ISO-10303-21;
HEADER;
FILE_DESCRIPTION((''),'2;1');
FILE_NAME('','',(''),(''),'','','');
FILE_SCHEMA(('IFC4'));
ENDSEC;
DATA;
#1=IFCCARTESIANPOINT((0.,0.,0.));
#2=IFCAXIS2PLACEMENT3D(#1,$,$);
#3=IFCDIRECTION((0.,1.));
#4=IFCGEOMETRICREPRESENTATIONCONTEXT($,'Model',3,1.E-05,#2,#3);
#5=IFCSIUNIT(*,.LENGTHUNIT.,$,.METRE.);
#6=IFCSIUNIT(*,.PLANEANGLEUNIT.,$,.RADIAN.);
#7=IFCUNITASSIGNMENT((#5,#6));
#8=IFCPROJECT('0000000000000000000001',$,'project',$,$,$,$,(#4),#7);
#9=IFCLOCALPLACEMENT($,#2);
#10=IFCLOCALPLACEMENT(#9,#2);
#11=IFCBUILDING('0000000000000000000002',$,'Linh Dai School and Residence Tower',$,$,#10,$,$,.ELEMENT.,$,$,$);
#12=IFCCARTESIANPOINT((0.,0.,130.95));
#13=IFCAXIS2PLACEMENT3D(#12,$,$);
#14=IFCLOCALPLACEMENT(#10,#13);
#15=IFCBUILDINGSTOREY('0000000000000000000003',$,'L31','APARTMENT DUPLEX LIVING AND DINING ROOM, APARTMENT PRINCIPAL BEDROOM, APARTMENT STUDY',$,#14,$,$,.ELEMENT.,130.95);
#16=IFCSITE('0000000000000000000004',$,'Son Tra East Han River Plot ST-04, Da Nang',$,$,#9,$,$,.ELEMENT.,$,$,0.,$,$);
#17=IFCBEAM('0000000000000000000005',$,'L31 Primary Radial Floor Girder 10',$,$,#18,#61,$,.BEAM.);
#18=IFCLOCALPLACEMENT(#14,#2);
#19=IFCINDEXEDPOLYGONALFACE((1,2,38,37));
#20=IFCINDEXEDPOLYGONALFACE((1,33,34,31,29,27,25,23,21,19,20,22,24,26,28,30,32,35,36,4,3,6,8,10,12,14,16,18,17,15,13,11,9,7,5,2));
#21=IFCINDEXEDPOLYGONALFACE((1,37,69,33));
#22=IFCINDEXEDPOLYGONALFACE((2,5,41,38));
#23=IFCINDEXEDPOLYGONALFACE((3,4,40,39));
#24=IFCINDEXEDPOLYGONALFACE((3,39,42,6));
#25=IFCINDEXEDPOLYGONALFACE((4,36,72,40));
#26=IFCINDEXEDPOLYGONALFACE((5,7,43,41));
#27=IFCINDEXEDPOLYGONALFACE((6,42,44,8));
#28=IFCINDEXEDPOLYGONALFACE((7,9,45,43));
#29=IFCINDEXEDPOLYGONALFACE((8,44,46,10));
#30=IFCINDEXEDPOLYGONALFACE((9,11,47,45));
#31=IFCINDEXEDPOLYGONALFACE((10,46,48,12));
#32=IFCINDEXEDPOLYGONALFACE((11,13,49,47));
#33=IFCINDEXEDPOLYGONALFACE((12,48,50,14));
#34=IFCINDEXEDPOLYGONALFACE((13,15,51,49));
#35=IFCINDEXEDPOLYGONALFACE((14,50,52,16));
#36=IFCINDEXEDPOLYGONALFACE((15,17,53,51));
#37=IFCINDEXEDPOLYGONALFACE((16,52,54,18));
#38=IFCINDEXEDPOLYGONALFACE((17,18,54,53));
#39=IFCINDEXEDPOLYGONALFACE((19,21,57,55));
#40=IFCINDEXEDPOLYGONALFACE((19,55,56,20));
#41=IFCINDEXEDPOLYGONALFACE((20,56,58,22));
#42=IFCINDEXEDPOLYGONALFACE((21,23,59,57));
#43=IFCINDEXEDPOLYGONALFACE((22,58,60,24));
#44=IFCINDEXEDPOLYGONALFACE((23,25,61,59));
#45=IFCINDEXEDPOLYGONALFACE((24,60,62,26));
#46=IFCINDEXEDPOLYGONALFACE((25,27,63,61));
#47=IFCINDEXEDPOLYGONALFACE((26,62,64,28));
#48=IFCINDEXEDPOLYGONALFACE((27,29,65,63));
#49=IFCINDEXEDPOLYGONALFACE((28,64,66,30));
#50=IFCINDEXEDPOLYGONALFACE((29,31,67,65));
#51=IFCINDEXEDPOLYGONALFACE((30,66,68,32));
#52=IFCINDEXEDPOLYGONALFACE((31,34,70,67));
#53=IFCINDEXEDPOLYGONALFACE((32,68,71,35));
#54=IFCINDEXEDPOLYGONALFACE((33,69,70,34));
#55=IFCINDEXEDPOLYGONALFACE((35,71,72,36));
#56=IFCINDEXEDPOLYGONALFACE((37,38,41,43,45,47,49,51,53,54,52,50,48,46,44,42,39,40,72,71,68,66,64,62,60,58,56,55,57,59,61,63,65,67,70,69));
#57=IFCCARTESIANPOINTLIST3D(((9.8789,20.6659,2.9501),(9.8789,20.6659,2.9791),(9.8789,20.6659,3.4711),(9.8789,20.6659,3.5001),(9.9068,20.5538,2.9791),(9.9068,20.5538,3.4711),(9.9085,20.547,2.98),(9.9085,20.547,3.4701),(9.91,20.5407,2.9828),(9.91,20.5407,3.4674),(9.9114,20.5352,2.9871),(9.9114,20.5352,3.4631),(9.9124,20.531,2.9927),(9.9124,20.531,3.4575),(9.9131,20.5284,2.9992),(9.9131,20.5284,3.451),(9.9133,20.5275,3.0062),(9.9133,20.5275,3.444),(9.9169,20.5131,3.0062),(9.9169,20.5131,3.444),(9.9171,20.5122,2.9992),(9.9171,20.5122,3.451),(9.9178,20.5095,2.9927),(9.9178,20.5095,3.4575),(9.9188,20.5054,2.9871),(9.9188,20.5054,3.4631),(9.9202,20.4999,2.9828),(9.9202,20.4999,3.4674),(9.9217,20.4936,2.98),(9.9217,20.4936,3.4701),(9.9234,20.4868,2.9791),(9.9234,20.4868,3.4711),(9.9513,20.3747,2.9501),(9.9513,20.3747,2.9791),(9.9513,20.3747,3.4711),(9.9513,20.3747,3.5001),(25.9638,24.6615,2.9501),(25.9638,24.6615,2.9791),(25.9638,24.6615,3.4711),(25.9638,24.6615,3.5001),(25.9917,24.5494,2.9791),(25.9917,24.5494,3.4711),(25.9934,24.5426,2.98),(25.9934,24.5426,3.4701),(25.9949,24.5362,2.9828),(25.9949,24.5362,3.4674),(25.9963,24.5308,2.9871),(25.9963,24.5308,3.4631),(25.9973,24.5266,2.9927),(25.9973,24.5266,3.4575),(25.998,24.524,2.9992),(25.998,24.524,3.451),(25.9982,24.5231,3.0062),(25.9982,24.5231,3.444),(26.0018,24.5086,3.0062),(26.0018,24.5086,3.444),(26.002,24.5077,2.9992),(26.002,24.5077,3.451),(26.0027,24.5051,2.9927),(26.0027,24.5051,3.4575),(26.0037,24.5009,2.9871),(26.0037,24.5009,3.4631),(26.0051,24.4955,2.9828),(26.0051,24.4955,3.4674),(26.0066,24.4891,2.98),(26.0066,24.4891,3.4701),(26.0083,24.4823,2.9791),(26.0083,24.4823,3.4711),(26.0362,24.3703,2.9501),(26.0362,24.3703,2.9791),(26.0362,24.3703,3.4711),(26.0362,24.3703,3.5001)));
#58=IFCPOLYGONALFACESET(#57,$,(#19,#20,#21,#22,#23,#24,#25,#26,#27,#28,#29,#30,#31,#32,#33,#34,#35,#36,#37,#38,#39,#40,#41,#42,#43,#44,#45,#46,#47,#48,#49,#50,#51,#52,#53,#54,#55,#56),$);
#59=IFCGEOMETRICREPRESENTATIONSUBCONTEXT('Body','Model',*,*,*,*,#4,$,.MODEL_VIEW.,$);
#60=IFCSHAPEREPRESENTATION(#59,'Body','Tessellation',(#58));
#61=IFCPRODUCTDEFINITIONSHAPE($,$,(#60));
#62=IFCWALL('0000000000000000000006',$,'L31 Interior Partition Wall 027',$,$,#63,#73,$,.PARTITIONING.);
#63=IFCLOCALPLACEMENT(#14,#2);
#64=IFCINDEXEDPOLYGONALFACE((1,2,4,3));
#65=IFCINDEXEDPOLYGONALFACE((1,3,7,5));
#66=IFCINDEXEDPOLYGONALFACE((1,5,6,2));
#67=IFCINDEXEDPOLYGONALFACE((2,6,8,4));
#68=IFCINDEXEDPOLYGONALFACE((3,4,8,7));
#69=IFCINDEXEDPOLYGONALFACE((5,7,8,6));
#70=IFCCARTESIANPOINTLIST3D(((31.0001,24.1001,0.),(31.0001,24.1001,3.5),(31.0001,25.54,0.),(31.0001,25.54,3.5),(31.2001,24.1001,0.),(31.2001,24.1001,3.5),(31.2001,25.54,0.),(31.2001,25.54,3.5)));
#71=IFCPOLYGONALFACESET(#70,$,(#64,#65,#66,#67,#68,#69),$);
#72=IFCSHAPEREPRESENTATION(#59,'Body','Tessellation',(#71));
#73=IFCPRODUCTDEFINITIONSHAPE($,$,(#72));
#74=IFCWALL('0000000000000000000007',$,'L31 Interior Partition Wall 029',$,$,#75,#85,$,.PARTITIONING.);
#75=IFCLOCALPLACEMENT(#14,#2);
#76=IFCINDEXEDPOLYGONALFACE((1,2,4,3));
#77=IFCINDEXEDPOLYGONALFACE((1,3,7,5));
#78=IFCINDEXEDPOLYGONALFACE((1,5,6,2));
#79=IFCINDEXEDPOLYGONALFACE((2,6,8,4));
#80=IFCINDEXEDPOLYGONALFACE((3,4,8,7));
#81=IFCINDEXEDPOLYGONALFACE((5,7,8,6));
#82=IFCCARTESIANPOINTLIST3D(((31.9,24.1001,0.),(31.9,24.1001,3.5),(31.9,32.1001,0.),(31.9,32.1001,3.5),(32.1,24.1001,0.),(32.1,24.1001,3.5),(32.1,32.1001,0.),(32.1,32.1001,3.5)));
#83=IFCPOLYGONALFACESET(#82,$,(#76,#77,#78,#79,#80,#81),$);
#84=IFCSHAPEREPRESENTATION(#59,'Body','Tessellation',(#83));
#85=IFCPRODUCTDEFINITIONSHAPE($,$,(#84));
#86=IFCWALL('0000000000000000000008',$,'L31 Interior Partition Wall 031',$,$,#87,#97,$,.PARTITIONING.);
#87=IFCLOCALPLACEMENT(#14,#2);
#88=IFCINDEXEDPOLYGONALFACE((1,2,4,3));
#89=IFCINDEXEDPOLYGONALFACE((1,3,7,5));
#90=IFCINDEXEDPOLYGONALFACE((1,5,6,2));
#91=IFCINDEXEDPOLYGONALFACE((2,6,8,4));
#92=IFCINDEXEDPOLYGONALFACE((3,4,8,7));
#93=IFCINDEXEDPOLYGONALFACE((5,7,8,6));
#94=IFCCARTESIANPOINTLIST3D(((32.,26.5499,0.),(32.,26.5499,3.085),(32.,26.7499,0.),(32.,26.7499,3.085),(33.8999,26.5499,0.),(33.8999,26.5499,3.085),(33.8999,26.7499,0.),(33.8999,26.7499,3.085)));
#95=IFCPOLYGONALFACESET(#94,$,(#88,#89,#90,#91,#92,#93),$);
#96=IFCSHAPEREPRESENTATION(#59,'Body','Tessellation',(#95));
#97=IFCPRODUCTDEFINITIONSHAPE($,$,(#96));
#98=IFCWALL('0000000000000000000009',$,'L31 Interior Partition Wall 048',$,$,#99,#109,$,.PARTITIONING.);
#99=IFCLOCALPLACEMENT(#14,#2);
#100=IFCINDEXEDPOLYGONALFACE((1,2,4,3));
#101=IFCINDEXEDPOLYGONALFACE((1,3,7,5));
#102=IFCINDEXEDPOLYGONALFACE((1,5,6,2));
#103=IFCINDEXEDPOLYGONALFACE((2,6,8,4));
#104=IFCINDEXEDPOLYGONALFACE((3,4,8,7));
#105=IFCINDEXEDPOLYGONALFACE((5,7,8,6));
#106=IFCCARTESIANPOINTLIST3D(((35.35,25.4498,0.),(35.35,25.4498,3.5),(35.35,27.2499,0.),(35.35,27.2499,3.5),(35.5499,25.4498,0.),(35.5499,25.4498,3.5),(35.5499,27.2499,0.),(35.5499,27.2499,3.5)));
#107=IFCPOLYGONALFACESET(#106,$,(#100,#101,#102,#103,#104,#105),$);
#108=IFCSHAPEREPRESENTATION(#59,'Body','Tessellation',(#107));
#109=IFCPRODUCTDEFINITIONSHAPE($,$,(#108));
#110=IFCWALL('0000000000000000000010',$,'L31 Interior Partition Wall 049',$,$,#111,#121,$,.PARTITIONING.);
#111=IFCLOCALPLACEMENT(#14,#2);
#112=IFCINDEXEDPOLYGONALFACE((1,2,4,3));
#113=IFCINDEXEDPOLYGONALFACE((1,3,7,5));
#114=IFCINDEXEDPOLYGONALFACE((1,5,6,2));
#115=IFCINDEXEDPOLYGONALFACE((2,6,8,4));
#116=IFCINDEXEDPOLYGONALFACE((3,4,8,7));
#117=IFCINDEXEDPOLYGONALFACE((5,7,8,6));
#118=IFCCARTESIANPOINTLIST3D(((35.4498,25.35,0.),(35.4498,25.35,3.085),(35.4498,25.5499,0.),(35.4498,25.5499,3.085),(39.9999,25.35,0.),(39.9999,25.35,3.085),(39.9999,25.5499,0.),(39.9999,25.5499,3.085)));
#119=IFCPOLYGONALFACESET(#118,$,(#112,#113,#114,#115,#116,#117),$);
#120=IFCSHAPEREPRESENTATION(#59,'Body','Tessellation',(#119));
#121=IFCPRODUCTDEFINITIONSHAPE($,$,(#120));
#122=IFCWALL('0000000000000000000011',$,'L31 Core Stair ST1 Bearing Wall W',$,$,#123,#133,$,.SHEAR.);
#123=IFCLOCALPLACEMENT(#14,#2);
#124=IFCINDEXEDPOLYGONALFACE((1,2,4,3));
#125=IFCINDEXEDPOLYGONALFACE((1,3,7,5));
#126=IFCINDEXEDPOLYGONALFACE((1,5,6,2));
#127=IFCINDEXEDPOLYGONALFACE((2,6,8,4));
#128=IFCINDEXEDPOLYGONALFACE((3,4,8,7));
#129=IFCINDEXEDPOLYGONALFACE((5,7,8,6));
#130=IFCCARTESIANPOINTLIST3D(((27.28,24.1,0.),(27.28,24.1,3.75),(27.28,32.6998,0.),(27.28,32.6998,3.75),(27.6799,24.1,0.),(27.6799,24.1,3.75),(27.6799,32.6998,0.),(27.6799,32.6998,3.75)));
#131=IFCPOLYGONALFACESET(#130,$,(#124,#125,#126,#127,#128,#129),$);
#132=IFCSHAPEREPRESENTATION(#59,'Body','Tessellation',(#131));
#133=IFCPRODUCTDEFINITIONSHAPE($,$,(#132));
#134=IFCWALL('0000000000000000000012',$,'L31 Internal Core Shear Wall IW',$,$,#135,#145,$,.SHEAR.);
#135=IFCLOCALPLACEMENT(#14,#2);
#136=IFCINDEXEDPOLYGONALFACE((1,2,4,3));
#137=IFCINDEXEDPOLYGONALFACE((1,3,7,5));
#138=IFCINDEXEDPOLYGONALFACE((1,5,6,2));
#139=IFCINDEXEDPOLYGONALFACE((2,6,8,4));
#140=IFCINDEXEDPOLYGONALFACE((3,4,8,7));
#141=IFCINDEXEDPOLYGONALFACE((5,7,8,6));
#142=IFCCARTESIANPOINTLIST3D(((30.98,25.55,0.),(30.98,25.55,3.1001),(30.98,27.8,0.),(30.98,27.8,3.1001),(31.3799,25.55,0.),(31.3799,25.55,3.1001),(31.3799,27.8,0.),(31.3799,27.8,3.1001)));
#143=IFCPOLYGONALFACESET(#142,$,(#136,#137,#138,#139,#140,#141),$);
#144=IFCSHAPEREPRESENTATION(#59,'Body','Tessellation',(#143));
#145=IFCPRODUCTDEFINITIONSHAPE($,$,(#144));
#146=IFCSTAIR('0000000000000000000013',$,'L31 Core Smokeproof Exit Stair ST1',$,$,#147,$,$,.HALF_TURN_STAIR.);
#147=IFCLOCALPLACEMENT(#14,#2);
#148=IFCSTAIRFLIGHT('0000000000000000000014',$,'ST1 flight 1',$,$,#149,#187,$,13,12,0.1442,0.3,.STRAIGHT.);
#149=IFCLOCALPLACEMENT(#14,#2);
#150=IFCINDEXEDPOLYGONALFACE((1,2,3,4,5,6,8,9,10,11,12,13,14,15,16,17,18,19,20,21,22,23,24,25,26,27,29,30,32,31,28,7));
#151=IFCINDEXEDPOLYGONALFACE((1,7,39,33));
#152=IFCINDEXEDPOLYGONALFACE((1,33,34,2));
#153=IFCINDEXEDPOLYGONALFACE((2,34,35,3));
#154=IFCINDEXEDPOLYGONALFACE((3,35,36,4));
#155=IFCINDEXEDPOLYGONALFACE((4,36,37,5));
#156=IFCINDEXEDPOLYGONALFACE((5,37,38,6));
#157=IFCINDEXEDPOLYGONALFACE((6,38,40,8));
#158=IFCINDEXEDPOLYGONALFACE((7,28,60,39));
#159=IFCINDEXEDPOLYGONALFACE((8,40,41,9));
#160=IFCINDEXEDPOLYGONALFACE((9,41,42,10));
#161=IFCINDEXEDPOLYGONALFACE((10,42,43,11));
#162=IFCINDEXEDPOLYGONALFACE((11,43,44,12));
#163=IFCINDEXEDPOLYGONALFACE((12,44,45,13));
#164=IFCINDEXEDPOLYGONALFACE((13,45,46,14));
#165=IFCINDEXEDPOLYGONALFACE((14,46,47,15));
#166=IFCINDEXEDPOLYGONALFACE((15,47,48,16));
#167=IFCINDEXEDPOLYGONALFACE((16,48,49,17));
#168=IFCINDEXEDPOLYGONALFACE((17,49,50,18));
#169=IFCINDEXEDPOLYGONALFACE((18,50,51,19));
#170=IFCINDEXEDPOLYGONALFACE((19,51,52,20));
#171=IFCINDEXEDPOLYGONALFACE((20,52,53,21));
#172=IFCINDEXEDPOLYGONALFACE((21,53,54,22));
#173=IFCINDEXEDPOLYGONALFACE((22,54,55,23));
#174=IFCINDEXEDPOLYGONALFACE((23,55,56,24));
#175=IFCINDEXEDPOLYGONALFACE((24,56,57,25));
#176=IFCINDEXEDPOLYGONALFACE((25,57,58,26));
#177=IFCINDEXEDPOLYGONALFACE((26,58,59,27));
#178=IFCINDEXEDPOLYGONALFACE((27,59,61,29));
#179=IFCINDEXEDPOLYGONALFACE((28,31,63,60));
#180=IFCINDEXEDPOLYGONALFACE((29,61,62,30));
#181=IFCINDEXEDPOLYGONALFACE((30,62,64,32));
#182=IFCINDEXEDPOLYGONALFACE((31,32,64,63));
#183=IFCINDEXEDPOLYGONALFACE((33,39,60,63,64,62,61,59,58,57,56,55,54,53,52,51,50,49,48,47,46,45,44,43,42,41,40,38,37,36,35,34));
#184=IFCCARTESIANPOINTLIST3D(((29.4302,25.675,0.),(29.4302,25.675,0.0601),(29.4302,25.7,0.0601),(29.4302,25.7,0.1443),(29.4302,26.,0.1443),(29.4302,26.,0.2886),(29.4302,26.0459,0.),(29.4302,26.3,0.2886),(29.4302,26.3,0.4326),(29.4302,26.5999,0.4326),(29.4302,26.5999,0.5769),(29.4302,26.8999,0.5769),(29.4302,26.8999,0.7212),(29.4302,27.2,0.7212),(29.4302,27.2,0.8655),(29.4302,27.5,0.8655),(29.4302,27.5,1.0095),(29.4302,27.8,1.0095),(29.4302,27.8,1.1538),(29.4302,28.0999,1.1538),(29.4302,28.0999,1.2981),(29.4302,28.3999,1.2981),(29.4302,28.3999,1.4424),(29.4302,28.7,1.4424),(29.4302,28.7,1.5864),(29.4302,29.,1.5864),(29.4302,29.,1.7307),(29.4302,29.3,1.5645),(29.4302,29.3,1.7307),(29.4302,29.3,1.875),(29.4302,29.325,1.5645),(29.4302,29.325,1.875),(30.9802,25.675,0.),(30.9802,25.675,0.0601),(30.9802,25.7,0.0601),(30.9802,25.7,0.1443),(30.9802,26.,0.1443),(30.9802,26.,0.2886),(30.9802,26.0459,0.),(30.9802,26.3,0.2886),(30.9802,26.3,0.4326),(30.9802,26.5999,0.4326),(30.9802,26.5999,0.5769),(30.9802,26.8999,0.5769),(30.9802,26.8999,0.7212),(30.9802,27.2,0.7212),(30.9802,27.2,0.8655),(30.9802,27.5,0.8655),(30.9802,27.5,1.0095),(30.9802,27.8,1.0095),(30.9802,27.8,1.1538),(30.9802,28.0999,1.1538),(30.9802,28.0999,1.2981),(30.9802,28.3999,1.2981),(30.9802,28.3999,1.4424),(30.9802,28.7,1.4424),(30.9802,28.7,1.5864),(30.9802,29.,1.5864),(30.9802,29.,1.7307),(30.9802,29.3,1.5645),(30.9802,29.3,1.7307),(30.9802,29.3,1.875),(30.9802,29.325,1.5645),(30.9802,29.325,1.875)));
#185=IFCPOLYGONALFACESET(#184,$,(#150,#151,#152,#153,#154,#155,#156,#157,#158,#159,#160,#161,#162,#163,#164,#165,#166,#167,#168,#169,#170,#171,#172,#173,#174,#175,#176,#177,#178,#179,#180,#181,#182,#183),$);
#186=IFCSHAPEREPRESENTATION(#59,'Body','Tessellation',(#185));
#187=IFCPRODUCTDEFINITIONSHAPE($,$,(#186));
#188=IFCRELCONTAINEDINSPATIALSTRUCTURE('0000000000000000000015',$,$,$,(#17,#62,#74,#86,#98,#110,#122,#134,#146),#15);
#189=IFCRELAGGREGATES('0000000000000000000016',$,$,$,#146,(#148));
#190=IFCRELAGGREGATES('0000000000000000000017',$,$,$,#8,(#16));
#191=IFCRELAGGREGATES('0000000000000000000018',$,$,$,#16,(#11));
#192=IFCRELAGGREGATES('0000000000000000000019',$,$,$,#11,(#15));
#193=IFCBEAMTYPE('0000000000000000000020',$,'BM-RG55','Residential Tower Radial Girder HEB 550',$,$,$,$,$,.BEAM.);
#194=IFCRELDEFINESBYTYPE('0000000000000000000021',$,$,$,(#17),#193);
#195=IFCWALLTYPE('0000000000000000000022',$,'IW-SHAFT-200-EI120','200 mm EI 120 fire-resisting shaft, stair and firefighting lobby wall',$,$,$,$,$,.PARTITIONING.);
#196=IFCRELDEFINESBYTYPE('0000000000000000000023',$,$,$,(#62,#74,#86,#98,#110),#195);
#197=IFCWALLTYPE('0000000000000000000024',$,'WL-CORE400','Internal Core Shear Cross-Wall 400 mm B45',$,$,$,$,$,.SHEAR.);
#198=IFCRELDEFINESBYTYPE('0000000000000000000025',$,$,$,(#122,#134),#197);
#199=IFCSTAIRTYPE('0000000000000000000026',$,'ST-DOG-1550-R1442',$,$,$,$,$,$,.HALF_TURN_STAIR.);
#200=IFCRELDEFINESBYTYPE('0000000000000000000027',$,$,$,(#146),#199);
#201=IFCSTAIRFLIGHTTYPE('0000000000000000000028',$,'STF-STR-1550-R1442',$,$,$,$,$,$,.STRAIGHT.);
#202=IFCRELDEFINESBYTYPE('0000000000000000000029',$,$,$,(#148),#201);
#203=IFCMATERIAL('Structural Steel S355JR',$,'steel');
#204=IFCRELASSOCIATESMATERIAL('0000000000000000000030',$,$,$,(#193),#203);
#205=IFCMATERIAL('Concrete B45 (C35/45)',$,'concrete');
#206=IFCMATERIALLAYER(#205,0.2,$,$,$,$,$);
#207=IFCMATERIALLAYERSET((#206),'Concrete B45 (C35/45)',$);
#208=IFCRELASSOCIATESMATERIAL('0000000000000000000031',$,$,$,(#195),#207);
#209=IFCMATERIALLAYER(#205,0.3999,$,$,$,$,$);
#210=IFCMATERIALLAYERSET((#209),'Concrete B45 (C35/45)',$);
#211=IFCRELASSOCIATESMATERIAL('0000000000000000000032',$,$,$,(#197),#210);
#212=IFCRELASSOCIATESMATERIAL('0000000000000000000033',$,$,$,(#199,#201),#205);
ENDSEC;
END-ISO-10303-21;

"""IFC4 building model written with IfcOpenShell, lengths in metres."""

from ifc_helpers import new_model, si_unit, direction, frame, frame_2d, origin, origin_2d, place, context, subcontext, project, spatial, polyline, rectangle, i_section, outline, extrude, source, transform, mapped, material, layer, layer_set, material_profile, profile_set, type_object, element, aggregate, save


model = new_model("IFC4")

# Units and contexts
model_context = context("Model", 3, precision=1e-05, world=origin(), true_north=direction((0.0, 1.0)))
body_context = subcontext(model_context, "Body", "Model", "MODEL_VIEW")
ifc_project = project(units=[si_unit("LENGTHUNIT", "METRE"), si_unit("PLANEANGLEUNIT", "RADIAN")], contexts=[model_context])

# Site, building, storey
site_placement = place(None, origin())
site = spatial("IfcSite", under=ifc_project, at=site_placement, Name="Son Tra East Han River Plot ST-04, Da Nang", CompositionType="ELEMENT", RefElevation=0.0)
building_placement = place(site_placement, origin())
building = spatial("IfcBuilding", under=site, at=building_placement, Name="Linh Dai School and Residence Tower", CompositionType="ELEMENT")
storey_placement = place(building_placement, frame((0.0, 0.0, 130.95)))
storey = spatial("IfcBuildingStorey", under=building, at=storey_placement, Name="L31", Description="APARTMENT DUPLEX LIVING AND DINING ROOM, APARTMENT PRINCIPAL BEDROOM, APARTMENT STUDY", CompositionType="ELEMENT", Elevation=130.95)

# Shared definitions
ifc_material_1 = material(Name="Structural Steel S355JR", Category="steel")

# Beam
ifc_material_profile_1 = material_profile(ifc_material_1, i_section(OverallWidth=0.3, OverallDepth=0.55, WebThickness=0.0149, FlangeThickness=0.0291, FilletRadius=0.0271, at=origin_2d()), Name="HEB 550")
ifc_profile_set_1 = profile_set([ifc_material_profile_1], Name="Structural Steel S355JR")
beam_type = type_object("IfcBeamType", Name="BM-RG55", Description="Residential Tower Radial Girder HEB 550", PredefinedType="BEAM", material=ifc_profile_set_1)
beam_placement = place(storey_placement, frame((26.0, 24.5159, 3.2251), z_axis=(-0.970505, -0.24108, 0.0), x_axis=(0.24108, -0.970505, 0.0)))
element("IfcBeam", 1, at=beam_placement, inside=storey, type_object=beam_type, Name="L31 Primary Radial Floor Girder 10", PredefinedType="BEAM", context=body_context, shape_type="SweptSolid", body=[
    extrude(i_section(OverallWidth=0.3, OverallDepth=0.55, WebThickness=0.0149, FlangeThickness=0.0291, FilletRadius=0.0271, at=origin_2d()), origin(), (0.0, 0.0, 1.0), 16.5737),
])

# Shared definitions
ifc_material_2 = material(Name="Concrete B45 (C35/45)", Category="concrete")
ifc_layer_1 = layer(ifc_material_2, 0.2)
ifc_layer_set_1 = layer_set([ifc_layer_1], Name="Concrete B45 (C35/45)")
wall_type_1 = type_object("IfcWallType", Name="IW-SHAFT-200-EI120", Description="200 mm EI 120 fire-resisting shaft, stair and firefighting lobby wall", PredefinedType="PARTITIONING", material=ifc_layer_set_1)

# Walls
wall_1_placement = place(storey_placement, frame((31.1001, 24.1001, 0.0), z_axis=(0.0, 0.0, 1.0), x_axis=(0.0, 1.0, 0.0)))
element("IfcWall", 2, at=wall_1_placement, inside=storey, type_object=wall_type_1, Name="L31 Interior Partition Wall 027", PredefinedType="PARTITIONING", context=body_context, shape_type="SweptSolid", body=[
    extrude(rectangle(XDim=1.4399, YDim=0.2, at=frame_2d((0.72, 0.0))), origin(), (0.0, 0.0, 1.0), 3.5),
])
wall_2_placement = place(storey_placement, frame((32.0, 24.1001, 0.0), z_axis=(0.0, 0.0, 1.0), x_axis=(0.0, 1.0, 0.0)))
element("IfcWall", 3, at=wall_2_placement, inside=storey, type_object=wall_type_1, Name="L31 Interior Partition Wall 029", PredefinedType="PARTITIONING", context=body_context, shape_type="SweptSolid", body=[
    extrude(rectangle(XDim=8.0, YDim=0.2, at=frame_2d((4.0, 0.0))), origin(), (0.0, 0.0, 1.0), 3.5),
])

# Wall
wall_3_placement = place(storey_placement, frame((32.0, 26.6499, 0.0), z_axis=(0.0, 0.0, 1.0), x_axis=(1.0, 0.0, 0.0)))
element("IfcWall", 4, at=wall_3_placement, inside=storey, type_object=wall_type_1, Name="L31 Interior Partition Wall 031", PredefinedType="PARTITIONING", context=body_context, shape_type="SweptSolid", body=[
    extrude(rectangle(XDim=1.8999, YDim=0.2, at=frame_2d((0.95, 0.0))), origin(), (0.0, 0.0, 1.0), 3.085),
])

# Walls
wall_4_placement = place(storey_placement, frame((35.45, 25.45, 0.0), z_axis=(0.0, 0.0, 1.0), x_axis=(0.0, 1.0, 0.0)))
element("IfcWall", 5, at=wall_4_placement, inside=storey, type_object=wall_type_1, Name="L31 Interior Partition Wall 048", PredefinedType="PARTITIONING", context=body_context, shape_type="SweptSolid", body=[
    extrude(rectangle(XDim=1.8, YDim=0.2, at=frame_2d((0.8999, 0.0))), origin(), (0.0, 0.0, 1.0), 3.5),
])
wall_5_placement = place(storey_placement, frame((35.45, 25.45, 0.0), z_axis=(0.0, 0.0, 1.0), x_axis=(1.0, 0.0, 0.0)))
element("IfcWall", 6, at=wall_5_placement, inside=storey, type_object=wall_type_1, Name="L31 Interior Partition Wall 049", PredefinedType="PARTITIONING", context=body_context, shape_type="SweptSolid", body=[
    extrude(rectangle(XDim=4.55, YDim=0.2, at=frame_2d((2.2749, 0.0))), origin(), (0.0, 0.0, 1.0), 3.085),
])
ifc_layer_2 = layer(ifc_material_2, 0.3999)
ifc_layer_set_2 = layer_set([ifc_layer_2], Name="Concrete B45 (C35/45)")
wall_type_2 = type_object("IfcWallType", Name="WL-CORE400", Description="Internal Core Shear Cross-Wall 400 mm B45", PredefinedType="SHEAR", material=ifc_layer_set_2)
wall_6_placement = place(storey_placement, frame((27.48, 24.1001, 0.0), z_axis=(0.0, 0.0, 1.0), x_axis=(0.0, 1.0, 0.0)))
element("IfcWall", 7, at=wall_6_placement, inside=storey, type_object=wall_type_2, Name="L31 Core Stair ST1 Bearing Wall W", PredefinedType="SHEAR", context=body_context, shape_type="SweptSolid", body=[
    extrude(rectangle(XDim=8.5999, YDim=0.3999, at=frame_2d((4.2998, 0.0))), origin(), (0.0, 0.0, 1.0), 3.75),
])
wall_7_placement = place(storey_placement, frame((31.1799, 25.55, 0.0), z_axis=(0.0, 0.0, 1.0), x_axis=(0.0, 1.0, 0.0)))
element("IfcWall", 8, at=wall_7_placement, inside=storey, type_object=wall_type_2, Name="L31 Internal Core Shear Wall IW", PredefinedType="SHEAR", context=body_context, shape_type="SweptSolid", body=[
    extrude(rectangle(XDim=2.25, YDim=0.3999, at=frame_2d((1.125, 0.0))), origin(), (0.0, 0.0, 1.0), 3.1001),
])

# Stair, stair flight
stair_type = type_object("IfcStairType", Name="ST-DOG-1550-R1442", PredefinedType="HALF_TURN_STAIR", material=ifc_material_2)
stair_placement = place(storey_placement, origin())
stair = element("IfcStair", 9, at=stair_placement, inside=storey, type_object=stair_type, Name="L31 Core Smokeproof Exit Stair ST1", PredefinedType="HALF_TURN_STAIR")
stair_flight_type = type_object("IfcStairFlightType", Name="STF-STR-1550-R1442", PredefinedType="STRAIGHT", material=ifc_material_2)
shared_shape_1 = source(origin(), body_context, "Body", "SweptSolid", [
    extrude(outline(polyline([(-0.0249, 0.0), (-0.0249, 0.0601), (0.0, 0.0601), (0.0, 0.1443), (0.3, 0.1443), (0.3, 0.2886), (0.6001, 0.2886), (0.6001, 0.4326), (0.8999, 0.4326), (0.8999, 0.5769), (1.2, 0.5769), (1.2, 0.7212), (1.5, 0.7212), (1.5, 0.8655), (1.8, 0.8655), (1.8, 1.0095), (2.1001, 1.0095), (2.1001, 1.1538), (2.3999, 1.1538), (2.3999, 1.2981), (2.7, 1.2981), (2.7, 1.4424), (3.0, 1.4424), (3.0, 1.5864), (3.3, 1.5864), (3.3, 1.7307), (3.6001, 1.7307), (3.6001, 1.875), (3.625, 1.875), (3.625, 1.5645), (3.6001, 1.5645), (0.3459, 0.0), (-0.0249, 0.0)])), frame((0.0, 0.7749, 0.0), z_axis=(0.0, -1.0, 0.0), x_axis=(1.0, 0.0, 0.0)), (0.0, 0.0, 1.0), 1.55),
])
stair_flight_placement = place(storey_placement, frame((30.2051, 25.7, 0.0), z_axis=(0.0, 0.0, 1.0), x_axis=(0.0, 1.0, 0.0)))
stair_flight = element("IfcStairFlight", 10, at=stair_flight_placement, type_object=stair_flight_type, Name="ST1 flight 1", NumberOfRisers=13, NumberOfTreads=12, PredefinedType="STRAIGHT", RiserHeight=0.1442, TreadLength=0.3, context=body_context, shape_type="MappedRepresentation", body=[
    mapped(shared_shape_1, transform((0.0, 0.0, 0.0), x_axis=(1.0, 0.0, 0.0), y_axis=(0.0, 1.0, 0.0), z_axis=(0.0, 0.0, 1.0), scale=1.0)),
])
aggregate(stair, [stair_flight])

save(model, "model.ifc")
